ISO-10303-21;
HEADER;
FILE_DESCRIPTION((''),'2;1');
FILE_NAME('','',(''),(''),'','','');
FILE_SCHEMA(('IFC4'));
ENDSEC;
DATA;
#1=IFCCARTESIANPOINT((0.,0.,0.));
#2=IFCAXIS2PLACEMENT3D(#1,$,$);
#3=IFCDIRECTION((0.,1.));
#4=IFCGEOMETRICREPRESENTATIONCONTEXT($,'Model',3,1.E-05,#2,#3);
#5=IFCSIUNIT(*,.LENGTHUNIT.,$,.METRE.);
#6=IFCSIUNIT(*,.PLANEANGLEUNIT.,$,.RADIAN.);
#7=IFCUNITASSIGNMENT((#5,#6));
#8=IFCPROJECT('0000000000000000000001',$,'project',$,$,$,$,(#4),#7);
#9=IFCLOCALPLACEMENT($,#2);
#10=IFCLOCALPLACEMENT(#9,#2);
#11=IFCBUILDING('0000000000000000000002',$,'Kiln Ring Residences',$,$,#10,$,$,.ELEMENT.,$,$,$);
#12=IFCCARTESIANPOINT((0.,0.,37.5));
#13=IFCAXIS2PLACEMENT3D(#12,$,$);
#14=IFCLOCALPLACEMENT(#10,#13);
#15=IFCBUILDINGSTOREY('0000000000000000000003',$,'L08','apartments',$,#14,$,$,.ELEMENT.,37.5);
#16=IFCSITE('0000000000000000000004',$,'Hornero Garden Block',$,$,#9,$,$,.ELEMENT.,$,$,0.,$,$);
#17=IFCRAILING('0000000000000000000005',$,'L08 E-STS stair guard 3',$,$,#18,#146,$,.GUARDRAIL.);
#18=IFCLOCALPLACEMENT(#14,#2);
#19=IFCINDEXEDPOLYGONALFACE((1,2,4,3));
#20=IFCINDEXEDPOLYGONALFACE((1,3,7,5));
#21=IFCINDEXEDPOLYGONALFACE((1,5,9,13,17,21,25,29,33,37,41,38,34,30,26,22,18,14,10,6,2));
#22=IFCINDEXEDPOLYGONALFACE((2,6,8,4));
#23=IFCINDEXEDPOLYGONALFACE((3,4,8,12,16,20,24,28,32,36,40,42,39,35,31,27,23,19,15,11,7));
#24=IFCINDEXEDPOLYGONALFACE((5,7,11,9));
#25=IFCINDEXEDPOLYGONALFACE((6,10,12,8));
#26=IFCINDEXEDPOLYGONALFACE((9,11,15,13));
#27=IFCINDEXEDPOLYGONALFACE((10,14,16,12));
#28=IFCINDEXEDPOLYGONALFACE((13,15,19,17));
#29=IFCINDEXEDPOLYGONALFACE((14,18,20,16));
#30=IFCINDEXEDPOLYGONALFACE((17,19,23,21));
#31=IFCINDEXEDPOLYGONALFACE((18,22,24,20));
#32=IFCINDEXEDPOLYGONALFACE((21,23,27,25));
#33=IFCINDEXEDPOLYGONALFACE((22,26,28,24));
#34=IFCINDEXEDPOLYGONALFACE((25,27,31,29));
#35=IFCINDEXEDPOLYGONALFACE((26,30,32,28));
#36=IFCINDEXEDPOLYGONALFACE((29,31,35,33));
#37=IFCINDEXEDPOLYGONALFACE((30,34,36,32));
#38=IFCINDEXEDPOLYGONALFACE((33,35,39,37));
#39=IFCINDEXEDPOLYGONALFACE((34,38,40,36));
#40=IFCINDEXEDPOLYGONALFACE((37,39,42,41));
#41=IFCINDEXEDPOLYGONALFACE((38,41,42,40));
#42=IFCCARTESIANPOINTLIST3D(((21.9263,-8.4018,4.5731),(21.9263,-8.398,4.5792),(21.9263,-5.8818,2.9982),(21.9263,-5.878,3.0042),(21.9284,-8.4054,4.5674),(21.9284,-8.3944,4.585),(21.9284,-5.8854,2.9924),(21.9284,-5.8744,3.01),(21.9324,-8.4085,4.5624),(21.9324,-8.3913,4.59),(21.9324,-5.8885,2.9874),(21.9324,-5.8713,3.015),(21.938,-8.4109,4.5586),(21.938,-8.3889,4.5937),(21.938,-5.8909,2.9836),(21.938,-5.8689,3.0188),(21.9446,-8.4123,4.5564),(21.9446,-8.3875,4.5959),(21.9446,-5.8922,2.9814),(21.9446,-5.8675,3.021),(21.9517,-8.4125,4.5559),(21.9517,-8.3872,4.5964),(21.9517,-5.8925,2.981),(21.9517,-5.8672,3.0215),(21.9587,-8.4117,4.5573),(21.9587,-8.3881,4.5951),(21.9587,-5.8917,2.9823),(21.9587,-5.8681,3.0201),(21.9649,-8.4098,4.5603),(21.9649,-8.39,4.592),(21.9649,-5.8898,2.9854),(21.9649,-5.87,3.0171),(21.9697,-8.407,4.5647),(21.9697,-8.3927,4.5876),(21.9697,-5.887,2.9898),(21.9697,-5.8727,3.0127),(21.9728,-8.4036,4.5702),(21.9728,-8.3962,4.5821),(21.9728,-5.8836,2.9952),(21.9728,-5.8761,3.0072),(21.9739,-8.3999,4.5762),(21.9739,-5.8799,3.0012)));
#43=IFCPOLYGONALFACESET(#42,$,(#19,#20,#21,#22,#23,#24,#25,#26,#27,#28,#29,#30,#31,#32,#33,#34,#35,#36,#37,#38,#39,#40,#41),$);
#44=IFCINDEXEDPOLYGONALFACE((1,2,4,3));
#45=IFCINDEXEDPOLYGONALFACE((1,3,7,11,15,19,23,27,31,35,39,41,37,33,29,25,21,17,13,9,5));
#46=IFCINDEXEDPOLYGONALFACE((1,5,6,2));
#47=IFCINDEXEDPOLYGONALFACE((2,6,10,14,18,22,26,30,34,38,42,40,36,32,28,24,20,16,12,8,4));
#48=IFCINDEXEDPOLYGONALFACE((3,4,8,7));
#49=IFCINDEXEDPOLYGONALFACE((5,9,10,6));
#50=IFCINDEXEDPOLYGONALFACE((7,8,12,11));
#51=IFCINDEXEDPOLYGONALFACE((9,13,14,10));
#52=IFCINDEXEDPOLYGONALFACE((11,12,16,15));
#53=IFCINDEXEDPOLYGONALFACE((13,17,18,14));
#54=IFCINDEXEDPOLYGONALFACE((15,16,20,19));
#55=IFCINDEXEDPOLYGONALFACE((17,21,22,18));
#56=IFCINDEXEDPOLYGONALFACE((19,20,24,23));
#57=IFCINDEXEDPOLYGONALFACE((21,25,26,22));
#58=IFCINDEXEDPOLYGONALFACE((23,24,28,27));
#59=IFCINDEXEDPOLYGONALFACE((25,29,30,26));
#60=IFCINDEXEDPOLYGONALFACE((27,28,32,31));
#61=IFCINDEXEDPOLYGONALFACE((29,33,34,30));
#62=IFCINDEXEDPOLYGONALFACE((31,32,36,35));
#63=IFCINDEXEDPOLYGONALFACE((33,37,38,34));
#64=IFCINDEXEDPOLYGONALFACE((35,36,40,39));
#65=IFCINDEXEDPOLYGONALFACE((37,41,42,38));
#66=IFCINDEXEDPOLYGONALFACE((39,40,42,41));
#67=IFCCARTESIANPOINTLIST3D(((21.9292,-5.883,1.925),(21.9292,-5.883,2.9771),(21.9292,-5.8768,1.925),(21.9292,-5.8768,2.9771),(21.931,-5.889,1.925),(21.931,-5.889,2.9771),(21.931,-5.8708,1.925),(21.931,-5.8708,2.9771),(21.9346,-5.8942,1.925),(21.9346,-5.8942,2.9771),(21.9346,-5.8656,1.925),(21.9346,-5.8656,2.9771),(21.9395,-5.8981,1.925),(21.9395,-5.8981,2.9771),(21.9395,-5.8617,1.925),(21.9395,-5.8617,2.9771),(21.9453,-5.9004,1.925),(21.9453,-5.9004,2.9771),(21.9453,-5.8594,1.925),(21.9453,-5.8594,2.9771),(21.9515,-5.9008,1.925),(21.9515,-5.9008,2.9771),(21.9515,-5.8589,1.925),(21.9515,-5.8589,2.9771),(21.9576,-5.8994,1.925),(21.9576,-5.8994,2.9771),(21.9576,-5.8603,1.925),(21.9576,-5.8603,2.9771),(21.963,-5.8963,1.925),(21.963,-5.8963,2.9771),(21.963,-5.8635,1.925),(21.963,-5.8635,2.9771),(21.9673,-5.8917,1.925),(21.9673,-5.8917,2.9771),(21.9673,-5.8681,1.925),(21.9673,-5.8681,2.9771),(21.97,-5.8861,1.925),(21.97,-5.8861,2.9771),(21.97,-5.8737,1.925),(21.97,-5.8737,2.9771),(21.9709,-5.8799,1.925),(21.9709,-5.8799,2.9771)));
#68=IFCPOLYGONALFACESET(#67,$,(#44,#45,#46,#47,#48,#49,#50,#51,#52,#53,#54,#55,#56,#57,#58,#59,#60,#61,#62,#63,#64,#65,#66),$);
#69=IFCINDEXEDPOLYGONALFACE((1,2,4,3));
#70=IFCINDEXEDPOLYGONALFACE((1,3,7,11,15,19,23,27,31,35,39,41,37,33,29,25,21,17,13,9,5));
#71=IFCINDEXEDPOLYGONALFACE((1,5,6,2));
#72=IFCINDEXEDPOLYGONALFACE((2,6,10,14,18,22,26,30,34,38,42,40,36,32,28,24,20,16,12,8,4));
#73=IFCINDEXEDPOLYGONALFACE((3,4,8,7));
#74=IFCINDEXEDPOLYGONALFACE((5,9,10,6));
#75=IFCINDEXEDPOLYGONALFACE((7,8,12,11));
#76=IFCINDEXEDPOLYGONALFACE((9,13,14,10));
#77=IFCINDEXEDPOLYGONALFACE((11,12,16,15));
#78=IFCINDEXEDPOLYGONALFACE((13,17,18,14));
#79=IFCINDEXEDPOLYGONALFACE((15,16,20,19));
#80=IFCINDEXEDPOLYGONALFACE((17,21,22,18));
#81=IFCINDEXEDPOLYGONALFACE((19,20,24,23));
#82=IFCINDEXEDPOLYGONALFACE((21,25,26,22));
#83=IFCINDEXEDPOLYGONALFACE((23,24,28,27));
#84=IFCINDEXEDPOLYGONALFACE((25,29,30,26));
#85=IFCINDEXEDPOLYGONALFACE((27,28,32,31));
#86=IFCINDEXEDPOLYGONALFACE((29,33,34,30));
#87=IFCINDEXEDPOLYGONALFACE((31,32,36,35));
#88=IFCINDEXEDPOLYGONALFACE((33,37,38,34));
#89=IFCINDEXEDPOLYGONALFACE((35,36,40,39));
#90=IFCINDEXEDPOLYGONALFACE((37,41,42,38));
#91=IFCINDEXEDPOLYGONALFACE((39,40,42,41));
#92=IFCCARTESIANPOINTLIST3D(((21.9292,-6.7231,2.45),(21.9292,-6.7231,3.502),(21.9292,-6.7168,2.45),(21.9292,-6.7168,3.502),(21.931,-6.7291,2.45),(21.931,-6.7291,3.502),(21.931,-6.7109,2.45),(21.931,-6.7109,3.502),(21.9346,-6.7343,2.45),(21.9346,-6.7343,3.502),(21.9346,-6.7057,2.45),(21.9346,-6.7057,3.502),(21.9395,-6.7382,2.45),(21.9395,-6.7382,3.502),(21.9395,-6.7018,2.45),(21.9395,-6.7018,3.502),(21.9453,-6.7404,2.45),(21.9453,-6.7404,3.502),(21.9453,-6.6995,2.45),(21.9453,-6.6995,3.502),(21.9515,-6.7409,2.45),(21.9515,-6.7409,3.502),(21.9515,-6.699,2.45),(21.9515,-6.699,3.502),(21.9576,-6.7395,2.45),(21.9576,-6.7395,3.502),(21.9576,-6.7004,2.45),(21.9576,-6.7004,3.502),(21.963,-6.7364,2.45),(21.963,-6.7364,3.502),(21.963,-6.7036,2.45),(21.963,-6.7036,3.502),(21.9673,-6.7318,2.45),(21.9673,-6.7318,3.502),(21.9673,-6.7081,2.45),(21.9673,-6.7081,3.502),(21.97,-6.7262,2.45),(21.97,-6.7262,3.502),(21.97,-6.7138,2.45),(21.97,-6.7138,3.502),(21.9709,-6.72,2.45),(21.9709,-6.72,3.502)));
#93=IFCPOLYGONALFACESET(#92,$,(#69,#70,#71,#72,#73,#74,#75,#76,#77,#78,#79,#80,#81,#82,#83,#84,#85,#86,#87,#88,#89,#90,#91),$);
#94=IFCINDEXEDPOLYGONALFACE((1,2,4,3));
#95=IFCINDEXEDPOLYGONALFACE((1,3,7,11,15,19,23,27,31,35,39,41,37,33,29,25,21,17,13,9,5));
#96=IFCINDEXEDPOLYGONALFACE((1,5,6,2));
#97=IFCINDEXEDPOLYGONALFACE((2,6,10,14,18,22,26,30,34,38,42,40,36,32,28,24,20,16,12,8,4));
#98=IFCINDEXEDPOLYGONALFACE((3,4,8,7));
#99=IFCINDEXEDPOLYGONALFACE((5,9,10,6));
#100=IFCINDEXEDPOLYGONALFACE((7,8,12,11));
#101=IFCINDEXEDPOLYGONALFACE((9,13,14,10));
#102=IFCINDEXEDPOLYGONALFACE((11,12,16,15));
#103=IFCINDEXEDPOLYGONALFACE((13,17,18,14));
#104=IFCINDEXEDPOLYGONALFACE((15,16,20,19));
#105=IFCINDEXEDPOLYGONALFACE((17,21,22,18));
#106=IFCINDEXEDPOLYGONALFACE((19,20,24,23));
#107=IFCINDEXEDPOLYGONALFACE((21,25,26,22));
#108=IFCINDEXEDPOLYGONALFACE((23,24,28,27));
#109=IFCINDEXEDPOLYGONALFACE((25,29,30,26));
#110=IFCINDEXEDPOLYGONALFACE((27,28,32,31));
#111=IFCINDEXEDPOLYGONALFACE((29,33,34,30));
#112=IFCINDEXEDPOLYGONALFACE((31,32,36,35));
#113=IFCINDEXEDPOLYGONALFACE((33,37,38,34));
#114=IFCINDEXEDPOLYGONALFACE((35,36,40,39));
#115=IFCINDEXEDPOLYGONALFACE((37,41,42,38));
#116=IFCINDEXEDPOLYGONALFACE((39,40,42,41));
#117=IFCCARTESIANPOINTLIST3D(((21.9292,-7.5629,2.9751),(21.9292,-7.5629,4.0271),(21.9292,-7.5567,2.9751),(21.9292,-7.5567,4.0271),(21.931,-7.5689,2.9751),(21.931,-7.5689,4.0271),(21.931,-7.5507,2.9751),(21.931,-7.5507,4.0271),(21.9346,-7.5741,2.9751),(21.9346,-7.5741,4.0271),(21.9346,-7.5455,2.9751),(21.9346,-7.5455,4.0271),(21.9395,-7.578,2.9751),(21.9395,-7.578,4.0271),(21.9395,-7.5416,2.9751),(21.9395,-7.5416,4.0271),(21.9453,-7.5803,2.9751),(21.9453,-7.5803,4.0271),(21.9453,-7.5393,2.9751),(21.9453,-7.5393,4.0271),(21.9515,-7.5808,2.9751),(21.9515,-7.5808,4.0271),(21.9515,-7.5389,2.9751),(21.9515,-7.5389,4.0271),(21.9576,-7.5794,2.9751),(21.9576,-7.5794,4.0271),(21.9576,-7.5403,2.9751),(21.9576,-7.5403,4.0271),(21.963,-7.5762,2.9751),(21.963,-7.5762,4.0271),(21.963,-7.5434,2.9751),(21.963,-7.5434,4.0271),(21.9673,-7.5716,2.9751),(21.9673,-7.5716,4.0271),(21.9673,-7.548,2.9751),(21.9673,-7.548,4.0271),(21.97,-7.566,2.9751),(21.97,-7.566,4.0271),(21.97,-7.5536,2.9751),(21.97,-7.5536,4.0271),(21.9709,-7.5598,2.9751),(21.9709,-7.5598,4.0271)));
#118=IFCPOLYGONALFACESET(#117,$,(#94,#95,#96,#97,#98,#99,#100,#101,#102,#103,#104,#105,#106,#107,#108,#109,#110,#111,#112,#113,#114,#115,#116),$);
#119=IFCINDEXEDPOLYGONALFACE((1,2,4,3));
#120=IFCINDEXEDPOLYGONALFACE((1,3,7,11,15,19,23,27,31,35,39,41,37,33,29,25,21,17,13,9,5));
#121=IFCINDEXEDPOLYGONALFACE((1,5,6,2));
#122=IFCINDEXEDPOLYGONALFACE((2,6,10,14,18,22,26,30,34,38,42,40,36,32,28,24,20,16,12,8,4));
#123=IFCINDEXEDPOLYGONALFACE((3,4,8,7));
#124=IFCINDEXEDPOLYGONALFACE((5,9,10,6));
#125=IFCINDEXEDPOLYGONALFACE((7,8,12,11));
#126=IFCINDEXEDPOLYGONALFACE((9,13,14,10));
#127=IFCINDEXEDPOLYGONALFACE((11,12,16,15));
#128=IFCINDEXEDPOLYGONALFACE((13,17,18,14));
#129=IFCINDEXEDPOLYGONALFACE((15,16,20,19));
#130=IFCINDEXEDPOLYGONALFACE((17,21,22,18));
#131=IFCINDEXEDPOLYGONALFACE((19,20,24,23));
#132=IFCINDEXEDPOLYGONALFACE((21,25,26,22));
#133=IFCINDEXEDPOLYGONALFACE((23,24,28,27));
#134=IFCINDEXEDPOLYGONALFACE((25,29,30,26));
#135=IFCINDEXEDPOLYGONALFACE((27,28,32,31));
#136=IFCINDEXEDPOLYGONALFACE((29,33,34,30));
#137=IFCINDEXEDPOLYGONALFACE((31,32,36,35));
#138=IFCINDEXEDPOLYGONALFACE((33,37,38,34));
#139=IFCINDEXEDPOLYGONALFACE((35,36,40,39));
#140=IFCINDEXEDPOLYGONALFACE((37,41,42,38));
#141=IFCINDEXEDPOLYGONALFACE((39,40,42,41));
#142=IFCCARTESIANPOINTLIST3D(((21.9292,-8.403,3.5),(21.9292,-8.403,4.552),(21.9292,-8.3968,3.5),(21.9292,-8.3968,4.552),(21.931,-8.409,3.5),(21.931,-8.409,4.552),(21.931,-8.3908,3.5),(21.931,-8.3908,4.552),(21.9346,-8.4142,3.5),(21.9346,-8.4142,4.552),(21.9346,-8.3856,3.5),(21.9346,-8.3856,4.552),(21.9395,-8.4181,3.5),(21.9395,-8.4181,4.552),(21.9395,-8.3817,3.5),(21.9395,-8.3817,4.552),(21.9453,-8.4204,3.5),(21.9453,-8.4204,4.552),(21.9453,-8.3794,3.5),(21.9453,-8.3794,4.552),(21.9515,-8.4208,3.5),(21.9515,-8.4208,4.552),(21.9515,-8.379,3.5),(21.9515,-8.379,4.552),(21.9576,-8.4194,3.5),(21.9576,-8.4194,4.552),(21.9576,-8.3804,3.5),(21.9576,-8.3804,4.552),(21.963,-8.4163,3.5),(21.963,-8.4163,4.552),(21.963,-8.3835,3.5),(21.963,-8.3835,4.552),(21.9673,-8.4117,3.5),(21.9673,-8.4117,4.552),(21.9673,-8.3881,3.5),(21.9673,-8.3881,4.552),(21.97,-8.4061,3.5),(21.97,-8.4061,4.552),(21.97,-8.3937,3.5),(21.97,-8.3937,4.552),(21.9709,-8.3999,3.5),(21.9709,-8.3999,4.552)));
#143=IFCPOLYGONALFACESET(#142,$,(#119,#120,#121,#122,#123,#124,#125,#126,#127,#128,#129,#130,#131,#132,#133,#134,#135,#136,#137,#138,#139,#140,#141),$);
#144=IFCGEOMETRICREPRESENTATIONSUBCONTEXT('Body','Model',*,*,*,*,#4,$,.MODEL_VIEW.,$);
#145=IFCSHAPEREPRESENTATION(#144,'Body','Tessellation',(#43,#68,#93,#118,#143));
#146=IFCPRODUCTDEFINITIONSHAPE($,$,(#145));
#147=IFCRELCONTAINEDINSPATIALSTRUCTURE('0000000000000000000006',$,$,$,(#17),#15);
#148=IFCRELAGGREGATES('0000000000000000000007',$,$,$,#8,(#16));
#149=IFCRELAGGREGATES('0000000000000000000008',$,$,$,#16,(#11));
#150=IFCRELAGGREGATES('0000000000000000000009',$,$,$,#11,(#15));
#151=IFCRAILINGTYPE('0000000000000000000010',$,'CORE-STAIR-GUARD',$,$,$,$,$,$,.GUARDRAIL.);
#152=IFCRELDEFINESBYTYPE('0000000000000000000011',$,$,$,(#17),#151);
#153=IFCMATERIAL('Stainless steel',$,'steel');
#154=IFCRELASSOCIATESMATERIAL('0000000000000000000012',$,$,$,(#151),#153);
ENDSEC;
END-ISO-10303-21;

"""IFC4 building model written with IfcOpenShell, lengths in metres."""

from ifc_helpers import new_model, si_unit, direction, frame, origin, origin_2d, place, context, subcontext, project, spatial, circle, extrude, material, type_object, element, save


model = new_model("IFC4")

# Units and contexts
model_context = context("Model", 3, precision=1e-05, world=origin(), true_north=direction((0.0, 1.0)))
body_context = subcontext(model_context, "Body", "Model", "MODEL_VIEW")
ifc_project = project(units=[si_unit("LENGTHUNIT", "METRE"), si_unit("PLANEANGLEUNIT", "RADIAN")], contexts=[model_context])

# Site, building, storey
site_placement = place(None, origin())
site = spatial("IfcSite", under=ifc_project, at=site_placement, Name="Hornero Garden Block", CompositionType="ELEMENT", RefElevation=0.0)
building_placement = place(site_placement, origin())
building = spatial("IfcBuilding", under=site, at=building_placement, Name="Kiln Ring Residences", CompositionType="ELEMENT")
storey_placement = place(building_placement, frame((0.0, 0.0, 37.5)))
storey = spatial("IfcBuildingStorey", under=building, at=storey_placement, Name="L08", Description="apartments", CompositionType="ELEMENT", Elevation=37.5)

# Railing
ifc_material_1 = material(Name="Stainless steel", Category="steel")
railing_type_1 = type_object("IfcRailingType", Name="CORE-STAIR-GUARD", PredefinedType="GUARDRAIL", material=ifc_material_1)
railing_1_placement = place(storey_placement, frame((21.95, -5.8799, 1.925)))
element("IfcRailing", 1, at=railing_1_placement, inside=storey, type_object=railing_type_1, Name="L08 E-STS stair guard 3", PredefinedType="GUARDRAIL", context=body_context, shape_type="SweptSolid", body=[
    extrude(circle(Radius=0.0239, at=origin_2d()), frame((0.0, 0.0, 1.0762), z_axis=(0.0, -0.848008, 0.529984), x_axis=(1.0, 0.0, 0.0)), (0.0, 0.0, 1.0), 2.9717),
    extrude(circle(Radius=0.021, at=origin_2d()), origin(), (0.0, 0.0, 1.0), 1.052),
    extrude(circle(Radius=0.021, at=origin_2d()), frame((0.0, -0.8401, 0.5249)), (0.0, 0.0, 1.0), 1.052),
    extrude(circle(Radius=0.021, at=origin_2d()), frame((0.0, -1.6799, 1.05)), (0.0, 0.0, 1.0), 1.052),
    extrude(circle(Radius=0.021, at=origin_2d()), frame((0.0, -2.52, 1.575)), (0.0, 0.0, 1.0), 1.052),
])

save(model, "model.ifc")
